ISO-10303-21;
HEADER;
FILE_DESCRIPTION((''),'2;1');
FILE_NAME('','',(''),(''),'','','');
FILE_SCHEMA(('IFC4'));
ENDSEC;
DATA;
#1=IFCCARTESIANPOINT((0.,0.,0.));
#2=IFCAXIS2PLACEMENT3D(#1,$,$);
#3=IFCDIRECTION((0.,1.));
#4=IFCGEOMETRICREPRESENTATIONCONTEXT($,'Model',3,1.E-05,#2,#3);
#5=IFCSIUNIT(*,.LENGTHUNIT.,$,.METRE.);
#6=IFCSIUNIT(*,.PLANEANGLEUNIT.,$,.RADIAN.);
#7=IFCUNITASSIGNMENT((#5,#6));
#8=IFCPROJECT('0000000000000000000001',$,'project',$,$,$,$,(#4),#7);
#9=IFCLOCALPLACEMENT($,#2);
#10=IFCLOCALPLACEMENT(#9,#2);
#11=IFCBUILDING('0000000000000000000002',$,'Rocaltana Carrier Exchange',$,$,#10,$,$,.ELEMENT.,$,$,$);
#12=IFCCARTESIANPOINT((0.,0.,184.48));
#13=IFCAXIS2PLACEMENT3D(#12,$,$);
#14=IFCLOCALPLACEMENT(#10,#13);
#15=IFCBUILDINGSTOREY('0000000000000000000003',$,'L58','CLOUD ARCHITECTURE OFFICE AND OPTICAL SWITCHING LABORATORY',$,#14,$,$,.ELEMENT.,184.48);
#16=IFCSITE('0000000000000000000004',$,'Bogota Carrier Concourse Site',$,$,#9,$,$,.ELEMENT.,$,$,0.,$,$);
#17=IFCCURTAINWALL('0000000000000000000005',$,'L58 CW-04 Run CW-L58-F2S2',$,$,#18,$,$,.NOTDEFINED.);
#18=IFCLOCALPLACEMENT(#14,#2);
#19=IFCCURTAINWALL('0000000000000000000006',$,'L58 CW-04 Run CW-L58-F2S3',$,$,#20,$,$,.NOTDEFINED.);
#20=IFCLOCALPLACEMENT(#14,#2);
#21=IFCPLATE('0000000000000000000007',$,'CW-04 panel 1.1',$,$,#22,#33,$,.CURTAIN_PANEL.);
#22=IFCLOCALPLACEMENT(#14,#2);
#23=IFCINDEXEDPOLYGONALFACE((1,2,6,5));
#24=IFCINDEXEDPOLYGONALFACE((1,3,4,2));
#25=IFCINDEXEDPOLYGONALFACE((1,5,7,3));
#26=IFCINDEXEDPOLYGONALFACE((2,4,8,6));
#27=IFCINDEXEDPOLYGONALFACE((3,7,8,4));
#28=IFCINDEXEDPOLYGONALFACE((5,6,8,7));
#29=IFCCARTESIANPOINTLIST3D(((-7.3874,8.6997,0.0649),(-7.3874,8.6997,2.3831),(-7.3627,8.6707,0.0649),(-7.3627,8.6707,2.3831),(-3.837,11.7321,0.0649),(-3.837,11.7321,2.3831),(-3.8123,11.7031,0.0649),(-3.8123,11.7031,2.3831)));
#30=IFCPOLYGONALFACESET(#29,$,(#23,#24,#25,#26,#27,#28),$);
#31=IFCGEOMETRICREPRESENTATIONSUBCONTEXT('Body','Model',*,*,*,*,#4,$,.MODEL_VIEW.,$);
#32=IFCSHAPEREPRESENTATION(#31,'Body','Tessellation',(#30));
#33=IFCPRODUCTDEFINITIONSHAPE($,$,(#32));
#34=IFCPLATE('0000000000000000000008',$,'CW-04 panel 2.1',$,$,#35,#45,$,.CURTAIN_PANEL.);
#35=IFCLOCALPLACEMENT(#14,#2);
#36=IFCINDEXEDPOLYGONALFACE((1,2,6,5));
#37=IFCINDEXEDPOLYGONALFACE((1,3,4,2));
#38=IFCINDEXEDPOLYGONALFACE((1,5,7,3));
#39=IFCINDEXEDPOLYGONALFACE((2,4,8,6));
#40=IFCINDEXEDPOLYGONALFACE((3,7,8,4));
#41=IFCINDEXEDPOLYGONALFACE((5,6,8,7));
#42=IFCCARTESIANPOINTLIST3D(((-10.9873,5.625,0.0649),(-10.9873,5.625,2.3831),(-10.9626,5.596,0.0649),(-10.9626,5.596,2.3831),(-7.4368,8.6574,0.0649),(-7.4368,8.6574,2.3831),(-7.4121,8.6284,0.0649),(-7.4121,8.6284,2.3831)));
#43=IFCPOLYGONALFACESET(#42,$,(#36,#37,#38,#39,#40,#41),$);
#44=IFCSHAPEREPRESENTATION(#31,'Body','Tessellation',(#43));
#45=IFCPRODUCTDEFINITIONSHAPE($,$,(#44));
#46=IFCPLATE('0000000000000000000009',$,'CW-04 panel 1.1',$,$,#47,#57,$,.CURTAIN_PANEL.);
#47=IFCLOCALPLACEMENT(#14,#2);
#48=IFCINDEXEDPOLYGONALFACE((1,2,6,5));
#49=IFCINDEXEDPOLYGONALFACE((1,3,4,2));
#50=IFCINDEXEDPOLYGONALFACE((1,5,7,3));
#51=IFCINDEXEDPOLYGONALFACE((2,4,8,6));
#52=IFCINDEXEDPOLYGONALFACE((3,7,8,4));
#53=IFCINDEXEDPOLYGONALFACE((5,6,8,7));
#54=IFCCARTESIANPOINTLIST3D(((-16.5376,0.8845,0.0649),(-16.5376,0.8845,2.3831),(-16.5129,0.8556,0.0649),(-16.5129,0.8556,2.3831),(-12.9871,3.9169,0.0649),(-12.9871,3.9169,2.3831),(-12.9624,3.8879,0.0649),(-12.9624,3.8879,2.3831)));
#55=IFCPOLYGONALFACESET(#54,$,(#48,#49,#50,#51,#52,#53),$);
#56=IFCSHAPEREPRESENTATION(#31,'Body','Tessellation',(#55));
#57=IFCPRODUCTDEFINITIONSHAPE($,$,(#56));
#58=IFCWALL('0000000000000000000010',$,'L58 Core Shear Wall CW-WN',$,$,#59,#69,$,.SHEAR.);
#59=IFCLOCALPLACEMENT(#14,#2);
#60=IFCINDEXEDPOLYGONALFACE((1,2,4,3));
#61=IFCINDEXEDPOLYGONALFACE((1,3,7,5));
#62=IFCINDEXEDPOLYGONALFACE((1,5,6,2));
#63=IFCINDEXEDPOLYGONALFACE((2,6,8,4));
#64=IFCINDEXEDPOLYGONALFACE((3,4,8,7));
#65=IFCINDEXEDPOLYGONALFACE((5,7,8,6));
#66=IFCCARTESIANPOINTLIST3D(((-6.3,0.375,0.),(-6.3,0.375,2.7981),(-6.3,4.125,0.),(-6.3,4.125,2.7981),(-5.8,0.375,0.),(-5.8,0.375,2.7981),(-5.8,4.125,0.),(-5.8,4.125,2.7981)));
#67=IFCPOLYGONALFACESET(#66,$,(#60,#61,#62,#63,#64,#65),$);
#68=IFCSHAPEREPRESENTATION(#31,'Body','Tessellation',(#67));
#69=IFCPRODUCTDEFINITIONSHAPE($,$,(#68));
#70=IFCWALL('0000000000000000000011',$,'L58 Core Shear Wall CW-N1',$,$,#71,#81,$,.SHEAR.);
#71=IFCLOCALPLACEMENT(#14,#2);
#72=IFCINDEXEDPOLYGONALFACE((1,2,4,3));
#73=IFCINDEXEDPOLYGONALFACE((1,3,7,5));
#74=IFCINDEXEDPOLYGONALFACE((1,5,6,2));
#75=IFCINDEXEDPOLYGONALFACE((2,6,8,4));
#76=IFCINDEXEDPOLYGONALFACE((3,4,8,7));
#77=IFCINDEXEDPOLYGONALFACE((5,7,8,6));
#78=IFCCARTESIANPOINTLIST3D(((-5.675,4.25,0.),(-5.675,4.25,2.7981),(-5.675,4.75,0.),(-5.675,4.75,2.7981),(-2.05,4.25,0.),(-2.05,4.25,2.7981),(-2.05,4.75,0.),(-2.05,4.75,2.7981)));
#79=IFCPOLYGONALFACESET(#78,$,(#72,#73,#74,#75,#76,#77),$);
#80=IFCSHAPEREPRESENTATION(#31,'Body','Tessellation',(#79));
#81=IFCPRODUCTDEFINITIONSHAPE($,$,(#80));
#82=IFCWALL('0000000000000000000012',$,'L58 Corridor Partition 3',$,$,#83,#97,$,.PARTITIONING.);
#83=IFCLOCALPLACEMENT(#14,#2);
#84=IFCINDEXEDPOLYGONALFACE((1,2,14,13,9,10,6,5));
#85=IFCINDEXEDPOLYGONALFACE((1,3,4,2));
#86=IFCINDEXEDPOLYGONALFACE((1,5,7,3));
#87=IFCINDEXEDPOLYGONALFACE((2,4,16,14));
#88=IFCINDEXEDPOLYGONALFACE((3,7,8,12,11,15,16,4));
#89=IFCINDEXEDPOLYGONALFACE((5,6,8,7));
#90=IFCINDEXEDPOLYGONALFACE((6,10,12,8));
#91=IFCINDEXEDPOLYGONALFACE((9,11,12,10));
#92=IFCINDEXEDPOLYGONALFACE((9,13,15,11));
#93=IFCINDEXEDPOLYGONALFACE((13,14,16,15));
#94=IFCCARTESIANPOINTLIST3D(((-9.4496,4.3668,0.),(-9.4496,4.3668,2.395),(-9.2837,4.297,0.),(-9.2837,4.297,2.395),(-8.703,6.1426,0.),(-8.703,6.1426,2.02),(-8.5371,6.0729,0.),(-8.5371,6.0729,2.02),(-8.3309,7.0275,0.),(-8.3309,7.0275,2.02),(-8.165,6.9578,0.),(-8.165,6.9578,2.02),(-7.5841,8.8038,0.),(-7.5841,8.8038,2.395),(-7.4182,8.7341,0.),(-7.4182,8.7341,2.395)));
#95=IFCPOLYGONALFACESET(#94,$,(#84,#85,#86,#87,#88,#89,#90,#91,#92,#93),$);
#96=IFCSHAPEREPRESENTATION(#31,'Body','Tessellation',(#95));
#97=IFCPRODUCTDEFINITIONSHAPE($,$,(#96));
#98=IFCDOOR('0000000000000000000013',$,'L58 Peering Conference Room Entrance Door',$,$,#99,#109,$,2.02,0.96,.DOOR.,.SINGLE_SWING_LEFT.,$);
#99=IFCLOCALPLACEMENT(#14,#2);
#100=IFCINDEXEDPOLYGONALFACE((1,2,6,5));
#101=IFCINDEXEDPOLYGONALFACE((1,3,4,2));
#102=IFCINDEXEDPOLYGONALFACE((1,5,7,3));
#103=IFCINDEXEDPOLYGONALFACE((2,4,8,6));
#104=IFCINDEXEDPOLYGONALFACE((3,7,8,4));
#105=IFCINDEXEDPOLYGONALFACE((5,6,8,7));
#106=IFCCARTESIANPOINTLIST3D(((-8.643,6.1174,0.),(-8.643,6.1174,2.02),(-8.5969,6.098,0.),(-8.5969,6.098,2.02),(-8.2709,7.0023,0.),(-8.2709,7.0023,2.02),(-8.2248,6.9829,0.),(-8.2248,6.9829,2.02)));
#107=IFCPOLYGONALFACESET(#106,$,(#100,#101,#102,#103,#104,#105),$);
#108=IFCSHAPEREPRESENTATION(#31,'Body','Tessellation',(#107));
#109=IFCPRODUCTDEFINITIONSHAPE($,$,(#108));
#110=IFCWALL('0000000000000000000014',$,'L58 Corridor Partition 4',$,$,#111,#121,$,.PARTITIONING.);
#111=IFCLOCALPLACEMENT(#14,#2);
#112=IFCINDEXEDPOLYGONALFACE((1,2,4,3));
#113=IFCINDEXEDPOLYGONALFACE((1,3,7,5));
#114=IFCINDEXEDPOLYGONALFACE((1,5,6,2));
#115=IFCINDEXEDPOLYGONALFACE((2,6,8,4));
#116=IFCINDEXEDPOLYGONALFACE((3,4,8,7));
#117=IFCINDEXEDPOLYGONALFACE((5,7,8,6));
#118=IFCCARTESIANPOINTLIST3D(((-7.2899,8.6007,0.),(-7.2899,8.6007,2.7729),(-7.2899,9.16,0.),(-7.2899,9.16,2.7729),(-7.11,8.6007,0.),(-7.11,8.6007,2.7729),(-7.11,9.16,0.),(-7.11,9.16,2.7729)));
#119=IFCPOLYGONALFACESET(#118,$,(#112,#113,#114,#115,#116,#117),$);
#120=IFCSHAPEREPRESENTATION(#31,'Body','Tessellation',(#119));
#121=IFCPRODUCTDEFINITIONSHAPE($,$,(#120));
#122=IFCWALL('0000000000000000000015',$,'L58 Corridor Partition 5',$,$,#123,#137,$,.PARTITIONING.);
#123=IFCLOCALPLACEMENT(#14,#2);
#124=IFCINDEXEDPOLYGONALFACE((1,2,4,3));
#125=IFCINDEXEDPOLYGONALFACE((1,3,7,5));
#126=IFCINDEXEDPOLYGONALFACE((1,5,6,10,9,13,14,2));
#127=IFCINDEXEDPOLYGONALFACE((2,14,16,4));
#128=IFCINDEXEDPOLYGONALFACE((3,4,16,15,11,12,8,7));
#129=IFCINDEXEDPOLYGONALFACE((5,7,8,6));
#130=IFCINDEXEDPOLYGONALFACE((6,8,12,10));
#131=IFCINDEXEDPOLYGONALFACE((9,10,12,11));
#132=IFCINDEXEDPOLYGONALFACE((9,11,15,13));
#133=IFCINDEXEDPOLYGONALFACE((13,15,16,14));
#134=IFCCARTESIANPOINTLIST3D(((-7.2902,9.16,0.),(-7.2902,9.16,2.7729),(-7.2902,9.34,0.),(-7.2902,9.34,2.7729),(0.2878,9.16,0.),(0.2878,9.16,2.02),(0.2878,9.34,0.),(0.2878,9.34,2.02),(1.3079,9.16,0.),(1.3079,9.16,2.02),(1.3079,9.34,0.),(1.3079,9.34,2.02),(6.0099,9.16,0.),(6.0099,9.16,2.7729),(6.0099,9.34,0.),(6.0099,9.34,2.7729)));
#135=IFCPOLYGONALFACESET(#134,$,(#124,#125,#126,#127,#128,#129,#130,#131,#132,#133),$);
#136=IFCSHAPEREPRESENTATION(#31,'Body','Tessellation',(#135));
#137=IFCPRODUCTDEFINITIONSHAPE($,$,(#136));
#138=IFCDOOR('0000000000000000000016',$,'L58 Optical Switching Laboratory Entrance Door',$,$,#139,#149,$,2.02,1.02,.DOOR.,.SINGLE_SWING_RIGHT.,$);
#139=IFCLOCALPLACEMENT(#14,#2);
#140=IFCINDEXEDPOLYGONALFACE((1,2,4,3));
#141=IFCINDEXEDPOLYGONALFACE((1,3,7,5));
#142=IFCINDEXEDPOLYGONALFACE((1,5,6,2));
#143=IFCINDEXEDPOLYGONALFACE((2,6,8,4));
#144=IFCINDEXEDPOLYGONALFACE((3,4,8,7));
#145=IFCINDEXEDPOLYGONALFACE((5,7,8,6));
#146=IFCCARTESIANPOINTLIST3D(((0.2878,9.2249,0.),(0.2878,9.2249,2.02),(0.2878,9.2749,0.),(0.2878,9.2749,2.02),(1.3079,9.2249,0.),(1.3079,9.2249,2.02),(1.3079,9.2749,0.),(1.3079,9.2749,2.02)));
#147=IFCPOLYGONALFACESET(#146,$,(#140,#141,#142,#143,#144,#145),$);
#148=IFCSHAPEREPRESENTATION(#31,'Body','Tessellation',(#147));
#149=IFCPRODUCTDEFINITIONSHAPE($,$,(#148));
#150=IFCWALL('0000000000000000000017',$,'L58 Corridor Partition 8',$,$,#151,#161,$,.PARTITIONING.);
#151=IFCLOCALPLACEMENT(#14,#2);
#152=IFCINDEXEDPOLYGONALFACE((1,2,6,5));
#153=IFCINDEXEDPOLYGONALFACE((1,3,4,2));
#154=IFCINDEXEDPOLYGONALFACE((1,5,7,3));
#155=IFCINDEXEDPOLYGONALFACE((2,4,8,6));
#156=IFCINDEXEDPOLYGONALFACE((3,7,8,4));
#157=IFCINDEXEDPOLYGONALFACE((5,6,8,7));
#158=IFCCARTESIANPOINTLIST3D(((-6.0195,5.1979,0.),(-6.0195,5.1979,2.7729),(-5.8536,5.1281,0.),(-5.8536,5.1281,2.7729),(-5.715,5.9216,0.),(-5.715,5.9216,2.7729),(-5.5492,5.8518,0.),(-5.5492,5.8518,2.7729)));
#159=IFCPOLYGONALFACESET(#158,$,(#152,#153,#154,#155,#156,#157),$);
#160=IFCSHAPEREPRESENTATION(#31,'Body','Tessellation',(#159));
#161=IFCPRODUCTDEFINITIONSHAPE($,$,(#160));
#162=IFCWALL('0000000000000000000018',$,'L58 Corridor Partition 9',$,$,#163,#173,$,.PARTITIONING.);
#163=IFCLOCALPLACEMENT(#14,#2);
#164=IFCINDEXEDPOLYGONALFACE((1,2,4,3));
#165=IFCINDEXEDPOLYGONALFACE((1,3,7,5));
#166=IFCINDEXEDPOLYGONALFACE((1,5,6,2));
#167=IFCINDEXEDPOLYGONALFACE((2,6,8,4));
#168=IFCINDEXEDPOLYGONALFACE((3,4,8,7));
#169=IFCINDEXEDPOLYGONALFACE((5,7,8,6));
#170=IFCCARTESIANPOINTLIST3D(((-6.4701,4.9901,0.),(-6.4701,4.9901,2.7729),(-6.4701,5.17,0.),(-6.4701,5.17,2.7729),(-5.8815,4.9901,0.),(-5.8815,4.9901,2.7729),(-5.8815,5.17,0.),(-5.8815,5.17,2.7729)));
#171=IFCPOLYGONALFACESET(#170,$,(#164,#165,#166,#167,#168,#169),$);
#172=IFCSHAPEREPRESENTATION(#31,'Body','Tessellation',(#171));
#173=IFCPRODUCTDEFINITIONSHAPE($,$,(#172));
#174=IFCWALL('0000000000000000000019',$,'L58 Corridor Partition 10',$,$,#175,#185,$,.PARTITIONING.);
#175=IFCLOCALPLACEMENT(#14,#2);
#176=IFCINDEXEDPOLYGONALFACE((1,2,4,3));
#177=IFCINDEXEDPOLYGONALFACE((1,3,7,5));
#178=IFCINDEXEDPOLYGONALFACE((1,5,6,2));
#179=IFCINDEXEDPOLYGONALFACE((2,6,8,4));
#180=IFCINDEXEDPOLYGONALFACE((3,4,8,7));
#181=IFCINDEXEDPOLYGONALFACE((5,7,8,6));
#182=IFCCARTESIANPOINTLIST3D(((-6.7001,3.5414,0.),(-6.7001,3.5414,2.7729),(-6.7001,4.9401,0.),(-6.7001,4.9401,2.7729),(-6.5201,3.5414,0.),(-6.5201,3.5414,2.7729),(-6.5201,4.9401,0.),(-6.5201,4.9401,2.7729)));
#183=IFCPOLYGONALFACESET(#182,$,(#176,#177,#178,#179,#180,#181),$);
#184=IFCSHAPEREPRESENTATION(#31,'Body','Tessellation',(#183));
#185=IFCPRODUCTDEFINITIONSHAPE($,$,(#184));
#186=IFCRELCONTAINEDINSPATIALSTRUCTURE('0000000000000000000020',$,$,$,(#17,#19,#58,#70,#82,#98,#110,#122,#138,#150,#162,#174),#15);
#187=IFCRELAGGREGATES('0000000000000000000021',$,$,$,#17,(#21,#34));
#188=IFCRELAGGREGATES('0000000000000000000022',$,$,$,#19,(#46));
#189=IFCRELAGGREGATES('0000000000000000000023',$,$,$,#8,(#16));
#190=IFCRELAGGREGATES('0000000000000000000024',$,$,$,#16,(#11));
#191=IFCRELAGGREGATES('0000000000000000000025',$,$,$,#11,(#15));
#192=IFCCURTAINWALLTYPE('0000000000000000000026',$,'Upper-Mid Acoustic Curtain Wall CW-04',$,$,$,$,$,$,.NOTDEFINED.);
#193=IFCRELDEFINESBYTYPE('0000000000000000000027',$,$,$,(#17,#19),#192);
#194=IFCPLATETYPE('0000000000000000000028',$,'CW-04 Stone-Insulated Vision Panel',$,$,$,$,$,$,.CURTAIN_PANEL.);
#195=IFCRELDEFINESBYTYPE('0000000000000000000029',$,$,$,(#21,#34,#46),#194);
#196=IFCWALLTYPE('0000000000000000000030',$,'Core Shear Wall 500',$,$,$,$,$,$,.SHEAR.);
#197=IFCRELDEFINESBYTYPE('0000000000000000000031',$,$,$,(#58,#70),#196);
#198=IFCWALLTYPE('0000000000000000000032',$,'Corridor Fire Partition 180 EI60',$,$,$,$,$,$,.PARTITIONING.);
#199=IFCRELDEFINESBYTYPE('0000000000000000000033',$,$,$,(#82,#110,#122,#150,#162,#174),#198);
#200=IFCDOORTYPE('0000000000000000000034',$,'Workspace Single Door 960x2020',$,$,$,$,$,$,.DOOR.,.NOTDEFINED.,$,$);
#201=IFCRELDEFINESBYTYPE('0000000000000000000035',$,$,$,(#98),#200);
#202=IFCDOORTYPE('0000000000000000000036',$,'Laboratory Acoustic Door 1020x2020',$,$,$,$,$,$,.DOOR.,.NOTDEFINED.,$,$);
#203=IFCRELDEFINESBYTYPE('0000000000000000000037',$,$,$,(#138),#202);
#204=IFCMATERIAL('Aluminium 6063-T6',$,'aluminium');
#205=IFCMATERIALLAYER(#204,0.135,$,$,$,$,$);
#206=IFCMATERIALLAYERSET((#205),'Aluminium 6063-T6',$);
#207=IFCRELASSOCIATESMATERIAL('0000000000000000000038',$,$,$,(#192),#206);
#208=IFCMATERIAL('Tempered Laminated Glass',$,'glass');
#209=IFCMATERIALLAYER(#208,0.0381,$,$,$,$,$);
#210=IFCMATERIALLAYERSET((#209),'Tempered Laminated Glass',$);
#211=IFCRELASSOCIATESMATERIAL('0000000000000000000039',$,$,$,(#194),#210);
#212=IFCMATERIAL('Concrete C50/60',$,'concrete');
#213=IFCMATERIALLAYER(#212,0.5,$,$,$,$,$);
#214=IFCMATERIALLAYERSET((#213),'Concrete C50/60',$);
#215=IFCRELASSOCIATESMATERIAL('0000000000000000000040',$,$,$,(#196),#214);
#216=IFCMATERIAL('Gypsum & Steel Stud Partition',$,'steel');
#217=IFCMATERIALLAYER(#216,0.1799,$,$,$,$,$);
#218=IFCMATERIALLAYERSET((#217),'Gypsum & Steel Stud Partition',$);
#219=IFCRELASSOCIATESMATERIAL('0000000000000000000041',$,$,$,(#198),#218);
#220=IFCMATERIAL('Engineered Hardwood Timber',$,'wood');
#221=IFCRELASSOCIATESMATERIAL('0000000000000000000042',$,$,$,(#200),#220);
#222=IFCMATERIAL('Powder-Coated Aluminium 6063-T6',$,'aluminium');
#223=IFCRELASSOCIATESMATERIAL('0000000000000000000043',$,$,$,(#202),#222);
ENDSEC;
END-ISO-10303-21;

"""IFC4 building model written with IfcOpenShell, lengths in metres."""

from ifc_helpers import new_model, si_unit, direction, frame, frame_2d, origin, origin_2d, place, context, subcontext, project, spatial, rectangle, extrude, material, layer, layer_set, type_object, element, fill, aggregate, save


model = new_model("IFC4")

# Units and contexts
model_context = context("Model", 3, precision=1e-05, world=origin(), true_north=direction((0.0, 1.0)))
body_context = subcontext(model_context, "Body", "Model", "MODEL_VIEW")
ifc_project = project(units=[si_unit("LENGTHUNIT", "METRE"), si_unit("PLANEANGLEUNIT", "RADIAN")], contexts=[model_context])

# Site, building, storey
site_placement = place(None, origin())
site = spatial("IfcSite", under=ifc_project, at=site_placement, Name="Bogota Carrier Concourse Site", CompositionType="ELEMENT", RefElevation=0.0)
building_placement = place(site_placement, origin())
building = spatial("IfcBuilding", under=site, at=building_placement, Name="Rocaltana Carrier Exchange", CompositionType="ELEMENT")
storey_placement = place(building_placement, frame((0.0, 0.0, 184.48)))
storey = spatial("IfcBuildingStorey", under=building, at=storey_placement, Name="L58", Description="CLOUD ARCHITECTURE OFFICE AND OPTICAL SWITCHING LABORATORY", CompositionType="ELEMENT", Elevation=184.48)

# Curtain walls
ifc_material_1 = material(Name="Aluminium 6063-T6", Category="aluminium")
ifc_layer_1 = layer(ifc_material_1, 0.135)
ifc_layer_set_1 = layer_set([ifc_layer_1], Name="Aluminium 6063-T6")
curtain_wall_type = type_object("IfcCurtainWallType", Name="Upper-Mid Acoustic Curtain Wall CW-04", PredefinedType="NOTDEFINED", material=ifc_layer_set_1)
curtain_wall_1_placement = place(storey_placement, origin())
curtain_wall_1 = element("IfcCurtainWall", 1, at=curtain_wall_1_placement, inside=storey, type_object=curtain_wall_type, Name="L58 CW-04 Run CW-L58-F2S2", PredefinedType="NOTDEFINED")
curtain_wall_2_placement = place(storey_placement, origin())
curtain_wall_2 = element("IfcCurtainWall", 2, at=curtain_wall_2_placement, inside=storey, type_object=curtain_wall_type, Name="L58 CW-04 Run CW-L58-F2S3", PredefinedType="NOTDEFINED")

# Plates
ifc_material_2 = material(Name="Tempered Laminated Glass", Category="glass")
ifc_layer_2 = layer(ifc_material_2, 0.0381)
ifc_layer_set_2 = layer_set([ifc_layer_2], Name="Tempered Laminated Glass")
plate_type = type_object("IfcPlateType", Name="CW-04 Stone-Insulated Vision Panel", PredefinedType="CURTAIN_PANEL", material=ifc_layer_set_2)
plate_1_placement = place(storey_placement, frame((-5.5999, 10.2014, 0.0649), z_axis=(0.0, 0.0, 1.0), x_axis=(-0.760401, -0.649454, 0.0)))
plate_1 = element("IfcPlate", 3, at=plate_1_placement, type_object=plate_type, Name="CW-04 panel 1.1", PredefinedType="CURTAIN_PANEL", context=body_context, shape_type="SweptSolid", body=[
    extrude(rectangle(XDim=4.6692, YDim=0.0381, at=origin_2d()), origin(), (0.0, 0.0, 1.0), 2.3181),
])
plate_2_placement = place(storey_placement, frame((-9.1997, 7.1267, 0.0649), z_axis=(0.0, 0.0, 1.0), x_axis=(-0.760401, -0.649454, 0.0)))
plate_2 = element("IfcPlate", 4, at=plate_2_placement, type_object=plate_type, Name="CW-04 panel 2.1", PredefinedType="CURTAIN_PANEL", context=body_context, shape_type="SweptSolid", body=[
    extrude(rectangle(XDim=4.6692, YDim=0.0381, at=origin_2d()), origin(), (0.0, 0.0, 1.0), 2.3181),
])
aggregate(curtain_wall_1, [plate_1, plate_2])
plate_3_placement = place(storey_placement, frame((-14.75, 2.3862, 0.0649), z_axis=(0.0, 0.0, 1.0), x_axis=(-0.760406, -0.649448, 0.0)))
plate_3 = element("IfcPlate", 5, at=plate_3_placement, type_object=plate_type, Name="CW-04 panel 1.1", PredefinedType="CURTAIN_PANEL", context=body_context, shape_type="SweptSolid", body=[
    extrude(rectangle(XDim=4.6692, YDim=0.0381, at=origin_2d()), origin(), (0.0, 0.0, 1.0), 2.3181),
])
aggregate(curtain_wall_2, [plate_3])

# Walls
ifc_material_3 = material(Name="Concrete C50/60", Category="concrete")
ifc_layer_3 = layer(ifc_material_3, 0.5)
ifc_layer_set_3 = layer_set([ifc_layer_3], Name="Concrete C50/60")
wall_type_1 = type_object("IfcWallType", Name="Core Shear Wall 500", PredefinedType="SHEAR", material=ifc_layer_set_3)
wall_1_placement = place(storey_placement, frame((-6.05, 0.375, 0.0), z_axis=(0.0, 0.0, 1.0), x_axis=(0.0, 1.0, 0.0)))
element("IfcWall", 6, at=wall_1_placement, inside=storey, type_object=wall_type_1, Name="L58 Core Shear Wall CW-WN", PredefinedType="SHEAR", context=body_context, shape_type="SweptSolid", body=[
    extrude(rectangle(XDim=3.75, YDim=0.5, at=frame_2d((1.875, 0.0))), origin(), (0.0, 0.0, 1.0), 2.7981),
])
wall_2_placement = place(storey_placement, frame((-5.675, 4.5, 0.0), z_axis=(0.0, 0.0, 1.0), x_axis=(1.0, 0.0, 0.0)))
element("IfcWall", 7, at=wall_2_placement, inside=storey, type_object=wall_type_1, Name="L58 Core Shear Wall CW-N1", PredefinedType="SHEAR", context=body_context, shape_type="SweptSolid", body=[
    extrude(rectangle(XDim=3.625, YDim=0.5, at=frame_2d((1.8125, 0.0))), origin(), (0.0, 0.0, 1.0), 2.7981),
])

# Wall, opening, door
ifc_material_4 = material(Name="Gypsum & Steel Stud Partition", Category="steel")
ifc_layer_4 = layer(ifc_material_4, 0.1799)
ifc_layer_set_4 = layer_set([ifc_layer_4], Name="Gypsum & Steel Stud Partition")
wall_type_2 = type_object("IfcWallType", Name="Corridor Fire Partition 180 EI60", PredefinedType="PARTITIONING", material=ifc_layer_set_4)
wall_3_placement = place(storey_placement, frame((-9.3667, 4.3318, 0.0), z_axis=(0.0, 0.0, 1.0), x_axis=(0.387574, 0.921839, 0.0)))
wall_3 = element("IfcWall", 8, at=wall_3_placement, inside=storey, type_object=wall_type_2, Name="L58 Corridor Partition 3", PredefinedType="PARTITIONING", context=body_context, shape_type="SweptSolid", body=[
    extrude(rectangle(XDim=4.8132, YDim=0.1799, at=frame_2d((2.4067, 0.0))), origin(), (0.0, 0.0, 1.0), 2.395),
])
opening_1_placement = place(wall_3_placement, frame((1.9265, 0.0, 0.0)))
opening_1 = element("IfcOpeningElement", 9, at=opening_1_placement, cuts=wall_3, PredefinedType="OPENING", context=body_context, shape_type="SweptSolid", body=[
    extrude(rectangle(XDim=0.96, YDim=2.02, at=frame_2d((0.48, 1.01))), frame((0.0, 0.0999, 0.0), z_axis=(0.0, -1.0, 0.0), x_axis=(1.0, 0.0, 0.0)), (0.0, 0.0, 1.0), 0.2),
])
ifc_material_5 = material(Name="Engineered Hardwood Timber", Category="wood")
door_type_1 = type_object("IfcDoorType", Name="Workspace Single Door 960x2020", OperationType="NOTDEFINED", PredefinedType="DOOR", material=ifc_material_5)
door_1_placement = place(opening_1_placement, origin())
door_1 = element("IfcDoor", 10, at=door_1_placement, inside=storey, type_object=door_type_1, Name="L58 Peering Conference Room Entrance Door", OperationType="SINGLE_SWING_LEFT", OverallHeight=2.02, OverallWidth=0.96, PredefinedType="DOOR", context=body_context, shape_type="SweptSolid", body=[
    extrude(rectangle(XDim=0.96, YDim=2.02, at=frame_2d((0.48, 1.01))), frame((0.0, 0.0249, 0.0), z_axis=(0.0, -1.0, 0.0), x_axis=(1.0, 0.0, 0.0)), (0.0, 0.0, 1.0), 0.05),
])
fill(opening_1, door_1)

# Wall
wall_4_placement = place(storey_placement, frame((-7.2, 8.6006, 0.0), z_axis=(0.0, 0.0, 1.0), x_axis=(0.0, 1.0, 0.0)))
element("IfcWall", 11, at=wall_4_placement, inside=storey, type_object=wall_type_2, Name="L58 Corridor Partition 4", PredefinedType="PARTITIONING", context=body_context, shape_type="SweptSolid", body=[
    extrude(rectangle(XDim=0.5593, YDim=0.1799, at=frame_2d((0.2798, 0.0))), origin(), (0.0, 0.0, 1.0), 2.7729),
])

# Wall, opening, door
wall_5_placement = place(storey_placement, frame((-7.29, 9.25, 0.0), z_axis=(0.0, 0.0, 1.0), x_axis=(1.0, 0.0, 0.0)))
wall_5 = element("IfcWall", 12, at=wall_5_placement, inside=storey, type_object=wall_type_2, Name="L58 Corridor Partition 5", PredefinedType="PARTITIONING", context=body_context, shape_type="SweptSolid", body=[
    extrude(rectangle(XDim=13.3, YDim=0.1799, at=frame_2d((6.6499, 0.0))), origin(), (0.0, 0.0, 1.0), 2.7729),
])
opening_2_placement = place(wall_5_placement, frame((7.5779, 0.0, 0.0)))
opening_2 = element("IfcOpeningElement", 13, at=opening_2_placement, cuts=wall_5, PredefinedType="OPENING", context=body_context, shape_type="SweptSolid", body=[
    extrude(rectangle(XDim=1.02, YDim=2.02, at=frame_2d((0.51, 1.01))), frame((0.0, 0.0999, 0.0), z_axis=(0.0, -1.0, 0.0), x_axis=(1.0, 0.0, 0.0)), (0.0, 0.0, 1.0), 0.2),
])
ifc_material_6 = material(Name="Powder-Coated Aluminium 6063-T6", Category="aluminium")
door_type_2 = type_object("IfcDoorType", Name="Laboratory Acoustic Door 1020x2020", OperationType="NOTDEFINED", PredefinedType="DOOR", material=ifc_material_6)
door_2_placement = place(opening_2_placement, origin())
door_2 = element("IfcDoor", 14, at=door_2_placement, inside=storey, type_object=door_type_2, Name="L58 Optical Switching Laboratory Entrance Door", OperationType="SINGLE_SWING_RIGHT", OverallHeight=2.02, OverallWidth=1.02, PredefinedType="DOOR", context=body_context, shape_type="SweptSolid", body=[
    extrude(rectangle(XDim=1.02, YDim=2.02, at=frame_2d((0.51, 1.01))), frame((0.0, 0.0249, 0.0), z_axis=(0.0, -1.0, 0.0), x_axis=(1.0, 0.0, 0.0)), (0.0, 0.0, 1.0), 0.05),
])
fill(opening_2, door_2)

# Walls
wall_6_placement = place(storey_placement, frame((-5.6321, 5.8867, 0.0), z_axis=(0.0, 0.0, 1.0), x_axis=(-0.387793, -0.921747, 0.0)))
element("IfcWall", 15, at=wall_6_placement, inside=storey, type_object=wall_type_2, Name="L58 Corridor Partition 8", PredefinedType="PARTITIONING", context=body_context, shape_type="SweptSolid", body=[
    extrude(rectangle(XDim=0.7852, YDim=0.1799, at=frame_2d((0.3926, 0.0))), origin(), (0.0, 0.0, 1.0), 2.7729),
])
wall_7_placement = place(storey_placement, frame((-5.8813, 5.0801, 0.0), z_axis=(0.0, 0.0, 1.0), x_axis=(-1.0, 0.0, 0.0)))
element("IfcWall", 16, at=wall_7_placement, inside=storey, type_object=wall_type_2, Name="L58 Corridor Partition 9", PredefinedType="PARTITIONING", context=body_context, shape_type="SweptSolid", body=[
    extrude(rectangle(XDim=0.5886, YDim=0.1799, at=frame_2d((0.2944, 0.0))), origin(), (0.0, 0.0, 1.0), 2.7729),
])
wall_8_placement = place(storey_placement, frame((-6.6101, 4.9399, 0.0), z_axis=(0.0, 0.0, 1.0), x_axis=(0.0, -1.0, 0.0)))
element("IfcWall", 17, at=wall_8_placement, inside=storey, type_object=wall_type_2, Name="L58 Corridor Partition 10", PredefinedType="PARTITIONING", context=body_context, shape_type="SweptSolid", body=[
    extrude(rectangle(XDim=1.3987, YDim=0.1799, at=frame_2d((0.6992, 0.0))), origin(), (0.0, 0.0, 1.0), 2.7729),
])

save(model, "model.ifc")
